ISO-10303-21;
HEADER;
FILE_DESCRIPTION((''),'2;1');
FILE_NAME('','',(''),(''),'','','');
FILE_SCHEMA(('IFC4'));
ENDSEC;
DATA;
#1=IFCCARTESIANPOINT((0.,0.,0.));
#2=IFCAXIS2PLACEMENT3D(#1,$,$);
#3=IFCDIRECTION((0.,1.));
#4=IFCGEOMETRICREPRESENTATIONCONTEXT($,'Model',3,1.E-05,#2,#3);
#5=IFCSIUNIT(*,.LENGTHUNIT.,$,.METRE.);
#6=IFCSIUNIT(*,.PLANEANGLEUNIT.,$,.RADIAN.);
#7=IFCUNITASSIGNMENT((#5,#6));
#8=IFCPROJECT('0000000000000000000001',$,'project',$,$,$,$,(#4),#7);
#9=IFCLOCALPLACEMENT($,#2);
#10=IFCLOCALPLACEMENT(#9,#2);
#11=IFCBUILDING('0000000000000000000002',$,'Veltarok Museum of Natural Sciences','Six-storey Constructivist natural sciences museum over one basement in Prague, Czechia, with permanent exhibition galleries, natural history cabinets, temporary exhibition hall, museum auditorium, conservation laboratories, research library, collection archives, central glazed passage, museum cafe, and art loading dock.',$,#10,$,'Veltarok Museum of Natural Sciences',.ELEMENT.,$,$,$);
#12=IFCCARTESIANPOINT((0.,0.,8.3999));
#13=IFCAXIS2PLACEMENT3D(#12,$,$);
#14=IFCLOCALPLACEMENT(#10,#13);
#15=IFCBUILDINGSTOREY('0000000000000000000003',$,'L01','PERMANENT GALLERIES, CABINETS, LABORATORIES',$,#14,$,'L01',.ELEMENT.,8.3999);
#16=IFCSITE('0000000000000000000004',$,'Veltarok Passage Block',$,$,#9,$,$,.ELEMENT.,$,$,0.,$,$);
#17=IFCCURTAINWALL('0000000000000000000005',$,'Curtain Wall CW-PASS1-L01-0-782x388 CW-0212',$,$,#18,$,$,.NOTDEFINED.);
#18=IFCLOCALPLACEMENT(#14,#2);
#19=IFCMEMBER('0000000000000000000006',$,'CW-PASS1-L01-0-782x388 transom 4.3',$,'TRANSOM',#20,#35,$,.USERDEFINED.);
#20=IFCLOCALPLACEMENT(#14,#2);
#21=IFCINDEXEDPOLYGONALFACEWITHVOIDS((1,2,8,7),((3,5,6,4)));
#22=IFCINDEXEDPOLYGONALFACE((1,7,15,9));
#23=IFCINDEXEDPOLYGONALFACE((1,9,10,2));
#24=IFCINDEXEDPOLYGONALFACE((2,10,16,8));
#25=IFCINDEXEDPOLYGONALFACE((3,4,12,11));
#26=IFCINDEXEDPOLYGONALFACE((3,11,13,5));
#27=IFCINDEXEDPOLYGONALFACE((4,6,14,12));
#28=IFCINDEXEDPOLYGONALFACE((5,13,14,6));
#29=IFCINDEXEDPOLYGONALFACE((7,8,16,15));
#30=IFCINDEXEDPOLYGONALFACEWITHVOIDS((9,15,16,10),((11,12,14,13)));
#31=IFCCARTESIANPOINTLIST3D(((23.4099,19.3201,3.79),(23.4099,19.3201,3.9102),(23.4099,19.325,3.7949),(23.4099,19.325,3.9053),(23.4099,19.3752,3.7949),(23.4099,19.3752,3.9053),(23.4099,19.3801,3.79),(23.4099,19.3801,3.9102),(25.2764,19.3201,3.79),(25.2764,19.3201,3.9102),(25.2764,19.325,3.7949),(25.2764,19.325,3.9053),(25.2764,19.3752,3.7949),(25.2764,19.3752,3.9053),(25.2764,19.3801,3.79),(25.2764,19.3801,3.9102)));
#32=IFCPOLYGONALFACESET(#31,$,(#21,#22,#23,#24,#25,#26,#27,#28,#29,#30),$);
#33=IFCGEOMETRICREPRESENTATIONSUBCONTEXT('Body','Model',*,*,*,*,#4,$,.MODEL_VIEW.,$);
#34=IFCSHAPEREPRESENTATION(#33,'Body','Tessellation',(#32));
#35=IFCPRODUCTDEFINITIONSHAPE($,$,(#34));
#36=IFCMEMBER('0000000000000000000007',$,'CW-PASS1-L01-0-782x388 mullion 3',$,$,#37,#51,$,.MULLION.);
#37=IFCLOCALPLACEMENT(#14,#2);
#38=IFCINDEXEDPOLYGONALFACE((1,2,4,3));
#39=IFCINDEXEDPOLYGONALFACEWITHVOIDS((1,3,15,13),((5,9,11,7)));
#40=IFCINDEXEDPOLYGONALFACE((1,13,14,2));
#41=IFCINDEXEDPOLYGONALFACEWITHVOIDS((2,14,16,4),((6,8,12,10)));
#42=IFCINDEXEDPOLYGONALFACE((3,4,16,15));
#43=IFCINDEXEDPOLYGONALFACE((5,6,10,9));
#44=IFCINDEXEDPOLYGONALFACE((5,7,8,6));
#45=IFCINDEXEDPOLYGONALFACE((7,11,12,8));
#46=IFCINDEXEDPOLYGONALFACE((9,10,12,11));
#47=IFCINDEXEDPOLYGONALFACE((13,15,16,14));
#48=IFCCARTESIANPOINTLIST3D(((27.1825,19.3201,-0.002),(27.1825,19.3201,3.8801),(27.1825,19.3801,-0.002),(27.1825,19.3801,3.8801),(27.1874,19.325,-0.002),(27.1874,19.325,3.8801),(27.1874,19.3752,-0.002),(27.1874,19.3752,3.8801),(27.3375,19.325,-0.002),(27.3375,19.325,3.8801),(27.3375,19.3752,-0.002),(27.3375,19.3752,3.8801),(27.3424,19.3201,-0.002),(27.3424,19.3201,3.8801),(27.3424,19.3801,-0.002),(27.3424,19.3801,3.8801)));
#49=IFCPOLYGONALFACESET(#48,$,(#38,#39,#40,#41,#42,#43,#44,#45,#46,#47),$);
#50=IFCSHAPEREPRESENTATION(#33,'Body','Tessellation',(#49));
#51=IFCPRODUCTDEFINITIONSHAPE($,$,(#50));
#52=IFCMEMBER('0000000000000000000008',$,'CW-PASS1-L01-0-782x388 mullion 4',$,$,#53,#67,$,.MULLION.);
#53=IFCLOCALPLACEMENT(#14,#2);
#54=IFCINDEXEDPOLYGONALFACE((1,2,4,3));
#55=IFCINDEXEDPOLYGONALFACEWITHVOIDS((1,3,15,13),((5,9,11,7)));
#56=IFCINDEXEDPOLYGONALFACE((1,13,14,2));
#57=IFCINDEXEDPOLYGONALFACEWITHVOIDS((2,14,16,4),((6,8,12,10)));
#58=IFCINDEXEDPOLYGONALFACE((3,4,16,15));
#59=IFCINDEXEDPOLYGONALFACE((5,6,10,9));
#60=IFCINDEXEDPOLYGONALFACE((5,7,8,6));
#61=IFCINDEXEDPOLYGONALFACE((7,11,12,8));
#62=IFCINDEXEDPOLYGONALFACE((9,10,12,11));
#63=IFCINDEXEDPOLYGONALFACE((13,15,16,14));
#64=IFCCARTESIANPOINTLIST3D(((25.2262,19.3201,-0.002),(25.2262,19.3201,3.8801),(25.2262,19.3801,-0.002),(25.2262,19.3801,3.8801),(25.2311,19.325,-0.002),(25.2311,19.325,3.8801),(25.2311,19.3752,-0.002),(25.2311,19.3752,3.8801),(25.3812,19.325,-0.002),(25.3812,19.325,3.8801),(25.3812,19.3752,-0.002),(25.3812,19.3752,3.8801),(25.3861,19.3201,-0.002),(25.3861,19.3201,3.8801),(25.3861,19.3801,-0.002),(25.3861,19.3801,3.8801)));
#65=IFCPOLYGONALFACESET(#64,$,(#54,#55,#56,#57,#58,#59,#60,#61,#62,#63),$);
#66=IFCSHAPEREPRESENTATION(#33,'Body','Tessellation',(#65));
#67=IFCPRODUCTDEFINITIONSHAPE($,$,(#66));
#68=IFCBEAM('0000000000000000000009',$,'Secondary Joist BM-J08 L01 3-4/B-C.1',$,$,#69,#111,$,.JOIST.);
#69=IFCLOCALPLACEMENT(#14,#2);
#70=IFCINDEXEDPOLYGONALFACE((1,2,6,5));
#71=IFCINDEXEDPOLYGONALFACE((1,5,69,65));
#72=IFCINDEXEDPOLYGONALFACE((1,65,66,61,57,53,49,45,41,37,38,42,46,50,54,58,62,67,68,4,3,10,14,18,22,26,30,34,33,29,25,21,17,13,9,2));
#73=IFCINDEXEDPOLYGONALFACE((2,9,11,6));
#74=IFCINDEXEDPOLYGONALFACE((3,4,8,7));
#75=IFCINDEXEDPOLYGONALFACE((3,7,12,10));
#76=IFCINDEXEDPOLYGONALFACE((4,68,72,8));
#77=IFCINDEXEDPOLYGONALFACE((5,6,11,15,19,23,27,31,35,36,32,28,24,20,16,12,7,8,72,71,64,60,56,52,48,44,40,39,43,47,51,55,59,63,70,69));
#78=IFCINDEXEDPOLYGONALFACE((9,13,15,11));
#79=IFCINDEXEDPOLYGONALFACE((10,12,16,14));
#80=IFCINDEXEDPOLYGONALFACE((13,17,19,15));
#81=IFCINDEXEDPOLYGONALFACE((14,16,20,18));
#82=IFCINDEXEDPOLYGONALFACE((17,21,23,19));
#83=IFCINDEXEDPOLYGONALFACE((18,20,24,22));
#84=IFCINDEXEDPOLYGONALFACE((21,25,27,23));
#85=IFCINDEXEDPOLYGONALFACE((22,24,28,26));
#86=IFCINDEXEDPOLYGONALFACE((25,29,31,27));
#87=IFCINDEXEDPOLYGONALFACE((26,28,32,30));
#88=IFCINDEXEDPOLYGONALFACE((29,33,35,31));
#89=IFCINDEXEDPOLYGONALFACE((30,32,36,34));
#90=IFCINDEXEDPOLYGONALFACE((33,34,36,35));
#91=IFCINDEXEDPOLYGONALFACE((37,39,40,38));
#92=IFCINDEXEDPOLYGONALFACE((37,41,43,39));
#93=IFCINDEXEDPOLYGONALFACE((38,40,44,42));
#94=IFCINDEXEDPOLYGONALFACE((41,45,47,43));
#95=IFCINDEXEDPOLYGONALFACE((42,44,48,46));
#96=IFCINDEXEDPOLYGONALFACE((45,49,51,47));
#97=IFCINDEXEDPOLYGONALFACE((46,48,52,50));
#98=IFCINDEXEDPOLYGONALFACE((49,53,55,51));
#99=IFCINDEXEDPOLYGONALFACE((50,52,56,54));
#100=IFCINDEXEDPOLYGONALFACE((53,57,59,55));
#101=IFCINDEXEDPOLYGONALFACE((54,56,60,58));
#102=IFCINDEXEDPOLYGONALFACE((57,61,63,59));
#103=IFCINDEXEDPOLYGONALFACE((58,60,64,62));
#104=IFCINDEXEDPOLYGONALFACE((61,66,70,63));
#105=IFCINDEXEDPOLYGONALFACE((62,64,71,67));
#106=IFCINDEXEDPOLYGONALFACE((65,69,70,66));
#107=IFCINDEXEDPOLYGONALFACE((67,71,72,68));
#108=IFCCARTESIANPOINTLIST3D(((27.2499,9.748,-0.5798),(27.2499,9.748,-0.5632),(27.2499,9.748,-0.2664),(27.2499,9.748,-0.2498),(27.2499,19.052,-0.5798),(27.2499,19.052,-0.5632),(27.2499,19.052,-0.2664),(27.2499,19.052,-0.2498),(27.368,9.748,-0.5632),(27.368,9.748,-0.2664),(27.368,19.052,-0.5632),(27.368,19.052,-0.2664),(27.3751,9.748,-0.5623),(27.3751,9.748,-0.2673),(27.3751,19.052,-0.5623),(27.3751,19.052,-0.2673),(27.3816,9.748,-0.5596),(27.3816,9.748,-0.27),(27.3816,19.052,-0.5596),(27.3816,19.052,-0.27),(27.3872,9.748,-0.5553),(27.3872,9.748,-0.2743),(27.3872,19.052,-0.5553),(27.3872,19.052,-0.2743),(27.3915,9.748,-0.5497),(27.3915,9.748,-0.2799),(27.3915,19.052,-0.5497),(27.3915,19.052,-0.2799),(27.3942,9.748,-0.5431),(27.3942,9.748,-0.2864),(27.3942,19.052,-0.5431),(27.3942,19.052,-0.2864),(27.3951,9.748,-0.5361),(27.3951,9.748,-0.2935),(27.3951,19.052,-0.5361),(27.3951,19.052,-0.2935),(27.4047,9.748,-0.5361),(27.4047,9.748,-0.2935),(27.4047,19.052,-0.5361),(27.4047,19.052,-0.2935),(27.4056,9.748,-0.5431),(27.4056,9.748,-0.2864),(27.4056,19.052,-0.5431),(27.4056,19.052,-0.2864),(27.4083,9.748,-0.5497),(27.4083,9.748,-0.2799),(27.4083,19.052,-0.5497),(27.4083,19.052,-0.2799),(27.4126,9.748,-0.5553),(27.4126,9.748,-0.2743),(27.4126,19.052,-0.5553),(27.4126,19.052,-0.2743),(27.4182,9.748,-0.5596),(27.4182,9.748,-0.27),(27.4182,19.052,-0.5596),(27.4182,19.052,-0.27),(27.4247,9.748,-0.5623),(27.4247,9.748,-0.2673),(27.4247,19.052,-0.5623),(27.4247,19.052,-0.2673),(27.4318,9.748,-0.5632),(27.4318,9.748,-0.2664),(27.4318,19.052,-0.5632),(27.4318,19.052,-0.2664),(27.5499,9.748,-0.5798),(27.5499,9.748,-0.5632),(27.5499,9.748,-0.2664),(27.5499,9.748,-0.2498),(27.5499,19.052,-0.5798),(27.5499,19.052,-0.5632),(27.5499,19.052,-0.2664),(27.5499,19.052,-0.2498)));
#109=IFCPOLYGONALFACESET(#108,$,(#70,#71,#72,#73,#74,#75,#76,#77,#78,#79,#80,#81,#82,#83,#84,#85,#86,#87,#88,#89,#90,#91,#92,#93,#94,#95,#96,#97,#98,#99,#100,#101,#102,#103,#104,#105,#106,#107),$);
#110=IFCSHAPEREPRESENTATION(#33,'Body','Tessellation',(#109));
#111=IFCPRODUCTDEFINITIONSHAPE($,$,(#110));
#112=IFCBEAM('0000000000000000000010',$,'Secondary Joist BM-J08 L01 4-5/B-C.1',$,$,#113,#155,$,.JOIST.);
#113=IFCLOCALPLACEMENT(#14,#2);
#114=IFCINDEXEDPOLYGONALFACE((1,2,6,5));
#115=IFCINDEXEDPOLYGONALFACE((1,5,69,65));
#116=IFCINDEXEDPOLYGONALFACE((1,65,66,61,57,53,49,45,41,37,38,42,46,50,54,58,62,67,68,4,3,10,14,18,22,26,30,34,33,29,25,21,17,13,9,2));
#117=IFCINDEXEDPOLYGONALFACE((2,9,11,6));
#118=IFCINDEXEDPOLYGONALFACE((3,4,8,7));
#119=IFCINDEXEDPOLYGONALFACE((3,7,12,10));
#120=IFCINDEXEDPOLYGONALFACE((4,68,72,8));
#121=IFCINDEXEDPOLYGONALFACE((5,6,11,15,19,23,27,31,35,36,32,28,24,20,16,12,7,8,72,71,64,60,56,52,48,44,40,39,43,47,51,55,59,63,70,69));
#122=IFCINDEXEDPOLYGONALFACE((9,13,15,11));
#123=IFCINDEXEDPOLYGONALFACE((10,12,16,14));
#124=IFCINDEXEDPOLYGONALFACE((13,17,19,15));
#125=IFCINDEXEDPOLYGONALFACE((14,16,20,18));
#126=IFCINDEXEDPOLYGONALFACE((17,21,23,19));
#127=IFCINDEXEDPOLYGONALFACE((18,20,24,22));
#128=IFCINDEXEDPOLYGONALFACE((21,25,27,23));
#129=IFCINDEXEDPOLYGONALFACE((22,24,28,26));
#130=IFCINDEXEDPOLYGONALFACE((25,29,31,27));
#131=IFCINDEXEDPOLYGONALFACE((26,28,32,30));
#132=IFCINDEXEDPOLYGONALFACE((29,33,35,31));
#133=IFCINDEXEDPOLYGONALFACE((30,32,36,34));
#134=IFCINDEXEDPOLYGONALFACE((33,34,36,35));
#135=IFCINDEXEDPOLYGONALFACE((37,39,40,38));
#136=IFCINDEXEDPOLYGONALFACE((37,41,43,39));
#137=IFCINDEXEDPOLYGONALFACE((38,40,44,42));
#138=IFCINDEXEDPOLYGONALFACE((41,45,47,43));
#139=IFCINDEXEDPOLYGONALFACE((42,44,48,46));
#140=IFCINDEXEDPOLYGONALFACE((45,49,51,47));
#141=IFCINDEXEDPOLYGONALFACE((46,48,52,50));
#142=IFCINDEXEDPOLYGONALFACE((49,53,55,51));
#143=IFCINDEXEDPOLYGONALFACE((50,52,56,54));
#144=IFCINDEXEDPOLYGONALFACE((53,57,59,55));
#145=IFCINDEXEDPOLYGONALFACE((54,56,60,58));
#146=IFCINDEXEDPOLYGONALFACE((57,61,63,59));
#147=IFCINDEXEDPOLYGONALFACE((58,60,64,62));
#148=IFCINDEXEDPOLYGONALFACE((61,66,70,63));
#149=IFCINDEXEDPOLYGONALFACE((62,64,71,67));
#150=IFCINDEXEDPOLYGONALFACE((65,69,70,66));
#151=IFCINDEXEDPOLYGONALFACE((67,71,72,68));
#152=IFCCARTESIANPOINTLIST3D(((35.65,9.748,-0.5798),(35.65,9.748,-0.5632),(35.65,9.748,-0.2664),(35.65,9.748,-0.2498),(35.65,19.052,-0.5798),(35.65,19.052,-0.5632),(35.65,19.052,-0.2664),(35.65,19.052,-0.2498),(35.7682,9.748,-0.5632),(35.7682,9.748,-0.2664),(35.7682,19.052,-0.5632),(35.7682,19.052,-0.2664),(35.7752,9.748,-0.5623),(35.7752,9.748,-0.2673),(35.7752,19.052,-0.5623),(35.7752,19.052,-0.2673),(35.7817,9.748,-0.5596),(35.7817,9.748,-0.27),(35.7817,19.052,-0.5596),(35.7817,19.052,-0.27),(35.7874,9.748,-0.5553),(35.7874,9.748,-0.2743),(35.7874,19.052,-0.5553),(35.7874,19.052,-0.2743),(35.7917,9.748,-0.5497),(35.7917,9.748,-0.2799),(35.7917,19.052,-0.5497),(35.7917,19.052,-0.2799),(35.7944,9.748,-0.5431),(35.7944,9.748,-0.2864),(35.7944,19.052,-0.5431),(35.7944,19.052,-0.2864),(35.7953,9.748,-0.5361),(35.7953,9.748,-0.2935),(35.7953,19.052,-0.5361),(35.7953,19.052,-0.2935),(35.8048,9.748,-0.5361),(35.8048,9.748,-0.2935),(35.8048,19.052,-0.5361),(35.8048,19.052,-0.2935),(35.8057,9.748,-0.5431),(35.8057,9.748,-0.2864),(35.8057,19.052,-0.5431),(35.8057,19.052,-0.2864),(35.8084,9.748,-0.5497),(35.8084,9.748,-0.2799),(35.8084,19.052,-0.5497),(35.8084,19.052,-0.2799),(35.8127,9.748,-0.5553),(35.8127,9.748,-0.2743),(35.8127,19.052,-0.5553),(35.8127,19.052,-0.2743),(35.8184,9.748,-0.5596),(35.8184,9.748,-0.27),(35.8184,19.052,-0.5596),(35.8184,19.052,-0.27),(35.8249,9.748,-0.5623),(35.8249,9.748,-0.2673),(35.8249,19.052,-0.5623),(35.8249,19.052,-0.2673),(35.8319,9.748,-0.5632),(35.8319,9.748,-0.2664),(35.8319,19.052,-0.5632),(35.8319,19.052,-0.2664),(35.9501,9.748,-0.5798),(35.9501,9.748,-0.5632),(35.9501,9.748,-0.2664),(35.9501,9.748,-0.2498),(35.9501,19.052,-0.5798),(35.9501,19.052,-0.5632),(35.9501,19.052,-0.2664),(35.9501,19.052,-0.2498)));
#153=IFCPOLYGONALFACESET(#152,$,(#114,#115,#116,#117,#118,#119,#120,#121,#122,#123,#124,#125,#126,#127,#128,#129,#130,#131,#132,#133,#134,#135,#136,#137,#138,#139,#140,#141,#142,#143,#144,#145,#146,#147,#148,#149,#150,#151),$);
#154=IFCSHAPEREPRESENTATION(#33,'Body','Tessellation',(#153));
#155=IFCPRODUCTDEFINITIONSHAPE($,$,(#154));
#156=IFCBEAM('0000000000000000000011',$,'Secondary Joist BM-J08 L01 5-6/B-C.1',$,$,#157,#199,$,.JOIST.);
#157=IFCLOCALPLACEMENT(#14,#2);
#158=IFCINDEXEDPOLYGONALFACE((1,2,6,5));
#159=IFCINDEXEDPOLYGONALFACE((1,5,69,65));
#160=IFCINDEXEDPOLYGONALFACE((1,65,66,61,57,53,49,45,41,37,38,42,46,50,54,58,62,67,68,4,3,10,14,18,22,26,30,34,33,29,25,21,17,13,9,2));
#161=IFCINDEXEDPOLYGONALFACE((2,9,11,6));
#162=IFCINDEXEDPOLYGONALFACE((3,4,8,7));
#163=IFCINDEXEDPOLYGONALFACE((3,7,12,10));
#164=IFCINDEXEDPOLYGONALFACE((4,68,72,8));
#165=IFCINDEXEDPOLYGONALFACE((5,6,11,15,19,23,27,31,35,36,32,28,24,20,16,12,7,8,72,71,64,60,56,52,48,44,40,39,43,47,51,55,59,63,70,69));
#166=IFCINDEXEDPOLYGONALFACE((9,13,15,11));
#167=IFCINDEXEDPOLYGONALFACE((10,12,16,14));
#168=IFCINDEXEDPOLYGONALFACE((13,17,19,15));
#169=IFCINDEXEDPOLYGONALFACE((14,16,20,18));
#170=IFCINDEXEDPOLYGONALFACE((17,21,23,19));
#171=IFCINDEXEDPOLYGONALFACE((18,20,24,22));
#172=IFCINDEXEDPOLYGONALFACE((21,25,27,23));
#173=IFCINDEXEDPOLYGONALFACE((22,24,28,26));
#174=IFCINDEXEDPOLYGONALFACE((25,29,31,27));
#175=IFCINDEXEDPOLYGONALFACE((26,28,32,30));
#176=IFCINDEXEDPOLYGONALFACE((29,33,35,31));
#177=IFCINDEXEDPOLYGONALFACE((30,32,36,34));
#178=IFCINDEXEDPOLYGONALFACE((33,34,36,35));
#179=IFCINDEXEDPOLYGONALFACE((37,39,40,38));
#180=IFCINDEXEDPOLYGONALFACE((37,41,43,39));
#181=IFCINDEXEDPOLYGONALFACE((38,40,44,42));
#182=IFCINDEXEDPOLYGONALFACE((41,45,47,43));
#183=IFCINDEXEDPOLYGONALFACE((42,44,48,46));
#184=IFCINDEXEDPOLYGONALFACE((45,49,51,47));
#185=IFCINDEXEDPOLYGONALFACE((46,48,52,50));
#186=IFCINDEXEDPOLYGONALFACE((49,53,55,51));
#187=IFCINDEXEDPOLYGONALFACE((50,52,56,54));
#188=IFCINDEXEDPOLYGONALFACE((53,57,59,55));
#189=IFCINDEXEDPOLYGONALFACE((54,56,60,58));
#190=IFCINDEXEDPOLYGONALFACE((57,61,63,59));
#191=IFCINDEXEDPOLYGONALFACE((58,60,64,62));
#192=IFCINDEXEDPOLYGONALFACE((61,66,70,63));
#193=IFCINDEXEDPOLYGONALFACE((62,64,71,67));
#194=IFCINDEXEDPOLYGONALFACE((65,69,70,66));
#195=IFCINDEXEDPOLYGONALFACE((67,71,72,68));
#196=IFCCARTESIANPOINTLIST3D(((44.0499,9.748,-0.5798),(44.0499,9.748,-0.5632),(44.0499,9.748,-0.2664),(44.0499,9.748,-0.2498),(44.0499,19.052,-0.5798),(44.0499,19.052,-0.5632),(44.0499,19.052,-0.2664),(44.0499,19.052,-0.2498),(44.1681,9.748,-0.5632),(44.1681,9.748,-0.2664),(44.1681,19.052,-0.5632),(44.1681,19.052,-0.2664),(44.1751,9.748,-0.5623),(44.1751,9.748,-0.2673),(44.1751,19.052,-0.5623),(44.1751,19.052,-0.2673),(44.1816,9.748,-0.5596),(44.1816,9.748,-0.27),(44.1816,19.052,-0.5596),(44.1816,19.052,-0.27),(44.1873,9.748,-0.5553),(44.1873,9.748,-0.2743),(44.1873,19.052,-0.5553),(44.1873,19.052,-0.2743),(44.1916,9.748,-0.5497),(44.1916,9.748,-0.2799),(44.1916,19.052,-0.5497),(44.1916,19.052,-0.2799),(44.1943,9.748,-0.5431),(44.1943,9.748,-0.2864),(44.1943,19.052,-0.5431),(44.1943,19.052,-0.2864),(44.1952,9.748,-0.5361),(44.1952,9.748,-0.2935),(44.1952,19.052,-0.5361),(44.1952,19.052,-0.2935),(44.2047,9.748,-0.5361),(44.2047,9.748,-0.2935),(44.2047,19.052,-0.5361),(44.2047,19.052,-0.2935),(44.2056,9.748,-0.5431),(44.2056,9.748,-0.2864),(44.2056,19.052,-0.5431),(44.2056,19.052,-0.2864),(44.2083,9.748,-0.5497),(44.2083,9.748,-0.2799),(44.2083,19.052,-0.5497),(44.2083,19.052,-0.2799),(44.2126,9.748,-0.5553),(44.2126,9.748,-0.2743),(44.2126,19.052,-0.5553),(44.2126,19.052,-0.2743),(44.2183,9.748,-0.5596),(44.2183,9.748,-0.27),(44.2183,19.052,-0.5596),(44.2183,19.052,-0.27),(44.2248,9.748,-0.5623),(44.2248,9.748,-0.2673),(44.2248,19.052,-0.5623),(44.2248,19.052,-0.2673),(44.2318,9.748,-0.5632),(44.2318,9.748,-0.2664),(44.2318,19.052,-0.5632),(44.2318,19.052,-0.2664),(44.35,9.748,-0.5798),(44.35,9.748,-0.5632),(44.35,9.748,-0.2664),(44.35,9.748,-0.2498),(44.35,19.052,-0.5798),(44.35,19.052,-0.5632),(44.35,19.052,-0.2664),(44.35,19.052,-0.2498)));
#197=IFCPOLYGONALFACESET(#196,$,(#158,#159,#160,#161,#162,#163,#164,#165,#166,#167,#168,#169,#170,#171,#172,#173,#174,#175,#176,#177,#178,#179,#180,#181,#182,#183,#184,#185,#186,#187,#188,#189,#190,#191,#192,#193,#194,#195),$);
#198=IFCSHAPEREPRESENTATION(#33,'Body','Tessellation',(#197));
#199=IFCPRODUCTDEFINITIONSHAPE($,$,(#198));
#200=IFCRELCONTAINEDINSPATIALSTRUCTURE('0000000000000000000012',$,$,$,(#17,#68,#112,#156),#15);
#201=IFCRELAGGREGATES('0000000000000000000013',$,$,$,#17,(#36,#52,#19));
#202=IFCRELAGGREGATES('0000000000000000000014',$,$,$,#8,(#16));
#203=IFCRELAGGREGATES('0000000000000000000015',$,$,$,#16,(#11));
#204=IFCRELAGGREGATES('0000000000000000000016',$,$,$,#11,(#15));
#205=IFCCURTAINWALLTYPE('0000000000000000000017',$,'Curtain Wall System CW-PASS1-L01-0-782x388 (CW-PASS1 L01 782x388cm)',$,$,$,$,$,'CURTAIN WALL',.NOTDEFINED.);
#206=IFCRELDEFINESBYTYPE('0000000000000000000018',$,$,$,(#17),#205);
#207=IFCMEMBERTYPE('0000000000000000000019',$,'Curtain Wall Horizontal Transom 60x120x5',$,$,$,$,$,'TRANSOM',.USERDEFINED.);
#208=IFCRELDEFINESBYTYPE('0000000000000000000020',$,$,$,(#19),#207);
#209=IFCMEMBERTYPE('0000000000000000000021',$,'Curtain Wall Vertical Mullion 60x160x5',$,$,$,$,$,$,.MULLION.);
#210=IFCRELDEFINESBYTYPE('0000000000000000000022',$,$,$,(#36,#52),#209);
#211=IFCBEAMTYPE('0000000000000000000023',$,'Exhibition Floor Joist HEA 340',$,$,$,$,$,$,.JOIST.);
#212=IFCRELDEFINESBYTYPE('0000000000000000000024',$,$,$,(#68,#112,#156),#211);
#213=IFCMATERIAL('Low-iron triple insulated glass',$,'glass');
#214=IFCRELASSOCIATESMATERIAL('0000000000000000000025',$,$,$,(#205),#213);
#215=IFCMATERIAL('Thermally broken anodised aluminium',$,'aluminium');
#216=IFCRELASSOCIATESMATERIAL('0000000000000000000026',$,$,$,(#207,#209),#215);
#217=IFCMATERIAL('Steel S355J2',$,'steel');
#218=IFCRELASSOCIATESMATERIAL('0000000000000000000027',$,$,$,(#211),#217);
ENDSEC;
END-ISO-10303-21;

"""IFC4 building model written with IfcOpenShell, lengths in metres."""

from ifc_helpers import new_model, si_unit, direction, frame, origin, origin_2d, place, context, subcontext, project, spatial, hollow_rectangle, i_section, extrude, material, material_profile, profile_set, type_object, element, aggregate, save


model = new_model("IFC4")

# Units and contexts
model_context = context("Model", 3, precision=1e-05, world=origin(), true_north=direction((0.0, 1.0)))
body_context = subcontext(model_context, "Body", "Model", "MODEL_VIEW")
ifc_project = project(units=[si_unit("LENGTHUNIT", "METRE"), si_unit("PLANEANGLEUNIT", "RADIAN")], contexts=[model_context])

# Site, building, storey
site_placement = place(None, origin())
site = spatial("IfcSite", under=ifc_project, at=site_placement, Name="Veltarok Passage Block", CompositionType="ELEMENT", RefElevation=0.0)
building_placement = place(site_placement, origin())
building = spatial("IfcBuilding", under=site, at=building_placement, Name="Veltarok Museum of Natural Sciences", Description="Six-storey Constructivist natural sciences museum over one basement in Prague, Czechia, with permanent exhibition galleries, natural history cabinets, temporary exhibition hall, museum auditorium, conservation laboratories, research library, collection archives, central glazed passage, museum cafe, and art loading dock.", LongName="Veltarok Museum of Natural Sciences", CompositionType="ELEMENT")
storey_placement = place(building_placement, frame((0.0, 0.0, 8.3999)))
storey = spatial("IfcBuildingStorey", under=building, at=storey_placement, Name="L01", Description="PERMANENT GALLERIES, CABINETS, LABORATORIES", LongName="L01", CompositionType="ELEMENT", Elevation=8.3999)

# Shared definitions
ifc_material_1 = material(Name="Steel S355J2", Category="steel")

# Curtain wall, members
ifc_material_2 = material(Name="Low-iron triple insulated glass", Category="glass")
curtain_wall_type = type_object("IfcCurtainWallType", Name="Curtain Wall System CW-PASS1-L01-0-782x388 (CW-PASS1 L01 782x388cm)", ElementType="CURTAIN WALL", PredefinedType="NOTDEFINED", material=ifc_material_2)
curtain_wall_placement = place(storey_placement, origin())
curtain_wall = element("IfcCurtainWall", 1, at=curtain_wall_placement, inside=storey, type_object=curtain_wall_type, Name="Curtain Wall CW-PASS1-L01-0-782x388 CW-0212", PredefinedType="NOTDEFINED")
ifc_material_3 = material(Name="Thermally broken anodised aluminium", Category="aluminium")
ifc_material_profile_1 = material_profile(ifc_material_3, hollow_rectangle(XDim=0.0601, YDim=0.1201, WallThickness=0.0049, at=origin_2d()), Name="CW TRANSOM 60x120x5")
ifc_profile_set_1 = profile_set([ifc_material_profile_1], Name="Thermally broken anodised aluminium")
member_type_1 = type_object("IfcMemberType", Name="Curtain Wall Horizontal Transom 60x120x5", ElementType="TRANSOM", PredefinedType="USERDEFINED", material=ifc_profile_set_1)
member_1_placement = place(storey_placement, frame((25.2764, 19.3501, 3.8501), z_axis=(-1.0, 0.0, 0.0), x_axis=(0.0, -1.0, 0.0)))
member_1 = element("IfcMember", 2, at=member_1_placement, type_object=member_type_1, Name="CW-PASS1-L01-0-782x388 transom 4.3", ObjectType="TRANSOM", PredefinedType="USERDEFINED", context=body_context, shape_type="SweptSolid", body=[
    extrude(hollow_rectangle(XDim=0.0601, YDim=0.1201, WallThickness=0.0049, at=origin_2d()), origin(), (0.0, 0.0, 1.0), 1.8665),
])
ifc_material_profile_2 = material_profile(ifc_material_3, hollow_rectangle(XDim=0.0601, YDim=0.1599, WallThickness=0.0049, at=origin_2d()), Name="CW MULLION 60x160x5")
ifc_profile_set_2 = profile_set([ifc_material_profile_2], Name="Thermally broken anodised aluminium")
member_type_2 = type_object("IfcMemberType", Name="Curtain Wall Vertical Mullion 60x160x5", PredefinedType="MULLION", material=ifc_profile_set_2)
member_2_placement = place(storey_placement, frame((27.2625, 19.3501, -0.002), z_axis=(0.0, 0.0, 1.0), x_axis=(0.0, -1.0, 0.0)))
member_2 = element("IfcMember", 3, at=member_2_placement, type_object=member_type_2, Name="CW-PASS1-L01-0-782x388 mullion 3", PredefinedType="MULLION", context=body_context, shape_type="SweptSolid", body=[
    extrude(hollow_rectangle(XDim=0.0601, YDim=0.1599, WallThickness=0.0049, at=origin_2d()), origin(), (0.0, 0.0, 1.0), 3.8821),
])
member_3_placement = place(storey_placement, frame((25.3062, 19.3501, -0.002), z_axis=(0.0, 0.0, 1.0), x_axis=(0.0, -1.0, 0.0)))
member_3 = element("IfcMember", 4, at=member_3_placement, type_object=member_type_2, Name="CW-PASS1-L01-0-782x388 mullion 4", PredefinedType="MULLION", context=body_context, shape_type="SweptSolid", body=[
    extrude(hollow_rectangle(XDim=0.0601, YDim=0.1599, WallThickness=0.0049, at=origin_2d()), origin(), (0.0, 0.0, 1.0), 3.8821),
])

# Beams
ifc_material_profile_3 = material_profile(ifc_material_1, i_section(OverallWidth=0.3, OverallDepth=0.3301, WebThickness=0.0095, FlangeThickness=0.0166, FilletRadius=0.0271, at=origin_2d()), Name="HEA 340")
ifc_profile_set_3 = profile_set([ifc_material_profile_3], Name="Steel S355J2")
beam_type_1 = type_object("IfcBeamType", Name="Exhibition Floor Joist HEA 340", PredefinedType="JOIST", material=ifc_profile_set_3)
for number, where, z_axis, x_axis, name in (
    (5, (27.3999, 9.748, -0.4148), (0.0, 1.0, 0.0), (-1.0, 0.0, 0.0), "Secondary Joist BM-J08 L01 3-4/B-C.1"),
    (6, (35.8, 9.748, -0.4148), (0.0, 1.0, 0.0), (-1.0, 0.0, 0.0), "Secondary Joist BM-J08 L01 4-5/B-C.1"),
    (7, (44.2, 9.748, -0.4148), (0.0, 1.0, 0.0), (-1.0, 0.0, 0.0), "Secondary Joist BM-J08 L01 5-6/B-C.1"),
):
    element("IfcBeam", number, at=place(storey_placement, frame(where, z_axis=z_axis, x_axis=x_axis)), inside=storey, type_object=beam_type_1, Name=name, PredefinedType="JOIST", context=body_context, shape_type="SweptSolid", body=[
        extrude(i_section(OverallWidth=0.3, OverallDepth=0.3301, WebThickness=0.0095, FlangeThickness=0.0166, FilletRadius=0.0271, at=origin_2d()), origin(), (0.0, 0.0, 1.0), 9.304),
    ])

aggregate(curtain_wall, [member_2, member_3, member_1])

save(model, "model.ifc")
